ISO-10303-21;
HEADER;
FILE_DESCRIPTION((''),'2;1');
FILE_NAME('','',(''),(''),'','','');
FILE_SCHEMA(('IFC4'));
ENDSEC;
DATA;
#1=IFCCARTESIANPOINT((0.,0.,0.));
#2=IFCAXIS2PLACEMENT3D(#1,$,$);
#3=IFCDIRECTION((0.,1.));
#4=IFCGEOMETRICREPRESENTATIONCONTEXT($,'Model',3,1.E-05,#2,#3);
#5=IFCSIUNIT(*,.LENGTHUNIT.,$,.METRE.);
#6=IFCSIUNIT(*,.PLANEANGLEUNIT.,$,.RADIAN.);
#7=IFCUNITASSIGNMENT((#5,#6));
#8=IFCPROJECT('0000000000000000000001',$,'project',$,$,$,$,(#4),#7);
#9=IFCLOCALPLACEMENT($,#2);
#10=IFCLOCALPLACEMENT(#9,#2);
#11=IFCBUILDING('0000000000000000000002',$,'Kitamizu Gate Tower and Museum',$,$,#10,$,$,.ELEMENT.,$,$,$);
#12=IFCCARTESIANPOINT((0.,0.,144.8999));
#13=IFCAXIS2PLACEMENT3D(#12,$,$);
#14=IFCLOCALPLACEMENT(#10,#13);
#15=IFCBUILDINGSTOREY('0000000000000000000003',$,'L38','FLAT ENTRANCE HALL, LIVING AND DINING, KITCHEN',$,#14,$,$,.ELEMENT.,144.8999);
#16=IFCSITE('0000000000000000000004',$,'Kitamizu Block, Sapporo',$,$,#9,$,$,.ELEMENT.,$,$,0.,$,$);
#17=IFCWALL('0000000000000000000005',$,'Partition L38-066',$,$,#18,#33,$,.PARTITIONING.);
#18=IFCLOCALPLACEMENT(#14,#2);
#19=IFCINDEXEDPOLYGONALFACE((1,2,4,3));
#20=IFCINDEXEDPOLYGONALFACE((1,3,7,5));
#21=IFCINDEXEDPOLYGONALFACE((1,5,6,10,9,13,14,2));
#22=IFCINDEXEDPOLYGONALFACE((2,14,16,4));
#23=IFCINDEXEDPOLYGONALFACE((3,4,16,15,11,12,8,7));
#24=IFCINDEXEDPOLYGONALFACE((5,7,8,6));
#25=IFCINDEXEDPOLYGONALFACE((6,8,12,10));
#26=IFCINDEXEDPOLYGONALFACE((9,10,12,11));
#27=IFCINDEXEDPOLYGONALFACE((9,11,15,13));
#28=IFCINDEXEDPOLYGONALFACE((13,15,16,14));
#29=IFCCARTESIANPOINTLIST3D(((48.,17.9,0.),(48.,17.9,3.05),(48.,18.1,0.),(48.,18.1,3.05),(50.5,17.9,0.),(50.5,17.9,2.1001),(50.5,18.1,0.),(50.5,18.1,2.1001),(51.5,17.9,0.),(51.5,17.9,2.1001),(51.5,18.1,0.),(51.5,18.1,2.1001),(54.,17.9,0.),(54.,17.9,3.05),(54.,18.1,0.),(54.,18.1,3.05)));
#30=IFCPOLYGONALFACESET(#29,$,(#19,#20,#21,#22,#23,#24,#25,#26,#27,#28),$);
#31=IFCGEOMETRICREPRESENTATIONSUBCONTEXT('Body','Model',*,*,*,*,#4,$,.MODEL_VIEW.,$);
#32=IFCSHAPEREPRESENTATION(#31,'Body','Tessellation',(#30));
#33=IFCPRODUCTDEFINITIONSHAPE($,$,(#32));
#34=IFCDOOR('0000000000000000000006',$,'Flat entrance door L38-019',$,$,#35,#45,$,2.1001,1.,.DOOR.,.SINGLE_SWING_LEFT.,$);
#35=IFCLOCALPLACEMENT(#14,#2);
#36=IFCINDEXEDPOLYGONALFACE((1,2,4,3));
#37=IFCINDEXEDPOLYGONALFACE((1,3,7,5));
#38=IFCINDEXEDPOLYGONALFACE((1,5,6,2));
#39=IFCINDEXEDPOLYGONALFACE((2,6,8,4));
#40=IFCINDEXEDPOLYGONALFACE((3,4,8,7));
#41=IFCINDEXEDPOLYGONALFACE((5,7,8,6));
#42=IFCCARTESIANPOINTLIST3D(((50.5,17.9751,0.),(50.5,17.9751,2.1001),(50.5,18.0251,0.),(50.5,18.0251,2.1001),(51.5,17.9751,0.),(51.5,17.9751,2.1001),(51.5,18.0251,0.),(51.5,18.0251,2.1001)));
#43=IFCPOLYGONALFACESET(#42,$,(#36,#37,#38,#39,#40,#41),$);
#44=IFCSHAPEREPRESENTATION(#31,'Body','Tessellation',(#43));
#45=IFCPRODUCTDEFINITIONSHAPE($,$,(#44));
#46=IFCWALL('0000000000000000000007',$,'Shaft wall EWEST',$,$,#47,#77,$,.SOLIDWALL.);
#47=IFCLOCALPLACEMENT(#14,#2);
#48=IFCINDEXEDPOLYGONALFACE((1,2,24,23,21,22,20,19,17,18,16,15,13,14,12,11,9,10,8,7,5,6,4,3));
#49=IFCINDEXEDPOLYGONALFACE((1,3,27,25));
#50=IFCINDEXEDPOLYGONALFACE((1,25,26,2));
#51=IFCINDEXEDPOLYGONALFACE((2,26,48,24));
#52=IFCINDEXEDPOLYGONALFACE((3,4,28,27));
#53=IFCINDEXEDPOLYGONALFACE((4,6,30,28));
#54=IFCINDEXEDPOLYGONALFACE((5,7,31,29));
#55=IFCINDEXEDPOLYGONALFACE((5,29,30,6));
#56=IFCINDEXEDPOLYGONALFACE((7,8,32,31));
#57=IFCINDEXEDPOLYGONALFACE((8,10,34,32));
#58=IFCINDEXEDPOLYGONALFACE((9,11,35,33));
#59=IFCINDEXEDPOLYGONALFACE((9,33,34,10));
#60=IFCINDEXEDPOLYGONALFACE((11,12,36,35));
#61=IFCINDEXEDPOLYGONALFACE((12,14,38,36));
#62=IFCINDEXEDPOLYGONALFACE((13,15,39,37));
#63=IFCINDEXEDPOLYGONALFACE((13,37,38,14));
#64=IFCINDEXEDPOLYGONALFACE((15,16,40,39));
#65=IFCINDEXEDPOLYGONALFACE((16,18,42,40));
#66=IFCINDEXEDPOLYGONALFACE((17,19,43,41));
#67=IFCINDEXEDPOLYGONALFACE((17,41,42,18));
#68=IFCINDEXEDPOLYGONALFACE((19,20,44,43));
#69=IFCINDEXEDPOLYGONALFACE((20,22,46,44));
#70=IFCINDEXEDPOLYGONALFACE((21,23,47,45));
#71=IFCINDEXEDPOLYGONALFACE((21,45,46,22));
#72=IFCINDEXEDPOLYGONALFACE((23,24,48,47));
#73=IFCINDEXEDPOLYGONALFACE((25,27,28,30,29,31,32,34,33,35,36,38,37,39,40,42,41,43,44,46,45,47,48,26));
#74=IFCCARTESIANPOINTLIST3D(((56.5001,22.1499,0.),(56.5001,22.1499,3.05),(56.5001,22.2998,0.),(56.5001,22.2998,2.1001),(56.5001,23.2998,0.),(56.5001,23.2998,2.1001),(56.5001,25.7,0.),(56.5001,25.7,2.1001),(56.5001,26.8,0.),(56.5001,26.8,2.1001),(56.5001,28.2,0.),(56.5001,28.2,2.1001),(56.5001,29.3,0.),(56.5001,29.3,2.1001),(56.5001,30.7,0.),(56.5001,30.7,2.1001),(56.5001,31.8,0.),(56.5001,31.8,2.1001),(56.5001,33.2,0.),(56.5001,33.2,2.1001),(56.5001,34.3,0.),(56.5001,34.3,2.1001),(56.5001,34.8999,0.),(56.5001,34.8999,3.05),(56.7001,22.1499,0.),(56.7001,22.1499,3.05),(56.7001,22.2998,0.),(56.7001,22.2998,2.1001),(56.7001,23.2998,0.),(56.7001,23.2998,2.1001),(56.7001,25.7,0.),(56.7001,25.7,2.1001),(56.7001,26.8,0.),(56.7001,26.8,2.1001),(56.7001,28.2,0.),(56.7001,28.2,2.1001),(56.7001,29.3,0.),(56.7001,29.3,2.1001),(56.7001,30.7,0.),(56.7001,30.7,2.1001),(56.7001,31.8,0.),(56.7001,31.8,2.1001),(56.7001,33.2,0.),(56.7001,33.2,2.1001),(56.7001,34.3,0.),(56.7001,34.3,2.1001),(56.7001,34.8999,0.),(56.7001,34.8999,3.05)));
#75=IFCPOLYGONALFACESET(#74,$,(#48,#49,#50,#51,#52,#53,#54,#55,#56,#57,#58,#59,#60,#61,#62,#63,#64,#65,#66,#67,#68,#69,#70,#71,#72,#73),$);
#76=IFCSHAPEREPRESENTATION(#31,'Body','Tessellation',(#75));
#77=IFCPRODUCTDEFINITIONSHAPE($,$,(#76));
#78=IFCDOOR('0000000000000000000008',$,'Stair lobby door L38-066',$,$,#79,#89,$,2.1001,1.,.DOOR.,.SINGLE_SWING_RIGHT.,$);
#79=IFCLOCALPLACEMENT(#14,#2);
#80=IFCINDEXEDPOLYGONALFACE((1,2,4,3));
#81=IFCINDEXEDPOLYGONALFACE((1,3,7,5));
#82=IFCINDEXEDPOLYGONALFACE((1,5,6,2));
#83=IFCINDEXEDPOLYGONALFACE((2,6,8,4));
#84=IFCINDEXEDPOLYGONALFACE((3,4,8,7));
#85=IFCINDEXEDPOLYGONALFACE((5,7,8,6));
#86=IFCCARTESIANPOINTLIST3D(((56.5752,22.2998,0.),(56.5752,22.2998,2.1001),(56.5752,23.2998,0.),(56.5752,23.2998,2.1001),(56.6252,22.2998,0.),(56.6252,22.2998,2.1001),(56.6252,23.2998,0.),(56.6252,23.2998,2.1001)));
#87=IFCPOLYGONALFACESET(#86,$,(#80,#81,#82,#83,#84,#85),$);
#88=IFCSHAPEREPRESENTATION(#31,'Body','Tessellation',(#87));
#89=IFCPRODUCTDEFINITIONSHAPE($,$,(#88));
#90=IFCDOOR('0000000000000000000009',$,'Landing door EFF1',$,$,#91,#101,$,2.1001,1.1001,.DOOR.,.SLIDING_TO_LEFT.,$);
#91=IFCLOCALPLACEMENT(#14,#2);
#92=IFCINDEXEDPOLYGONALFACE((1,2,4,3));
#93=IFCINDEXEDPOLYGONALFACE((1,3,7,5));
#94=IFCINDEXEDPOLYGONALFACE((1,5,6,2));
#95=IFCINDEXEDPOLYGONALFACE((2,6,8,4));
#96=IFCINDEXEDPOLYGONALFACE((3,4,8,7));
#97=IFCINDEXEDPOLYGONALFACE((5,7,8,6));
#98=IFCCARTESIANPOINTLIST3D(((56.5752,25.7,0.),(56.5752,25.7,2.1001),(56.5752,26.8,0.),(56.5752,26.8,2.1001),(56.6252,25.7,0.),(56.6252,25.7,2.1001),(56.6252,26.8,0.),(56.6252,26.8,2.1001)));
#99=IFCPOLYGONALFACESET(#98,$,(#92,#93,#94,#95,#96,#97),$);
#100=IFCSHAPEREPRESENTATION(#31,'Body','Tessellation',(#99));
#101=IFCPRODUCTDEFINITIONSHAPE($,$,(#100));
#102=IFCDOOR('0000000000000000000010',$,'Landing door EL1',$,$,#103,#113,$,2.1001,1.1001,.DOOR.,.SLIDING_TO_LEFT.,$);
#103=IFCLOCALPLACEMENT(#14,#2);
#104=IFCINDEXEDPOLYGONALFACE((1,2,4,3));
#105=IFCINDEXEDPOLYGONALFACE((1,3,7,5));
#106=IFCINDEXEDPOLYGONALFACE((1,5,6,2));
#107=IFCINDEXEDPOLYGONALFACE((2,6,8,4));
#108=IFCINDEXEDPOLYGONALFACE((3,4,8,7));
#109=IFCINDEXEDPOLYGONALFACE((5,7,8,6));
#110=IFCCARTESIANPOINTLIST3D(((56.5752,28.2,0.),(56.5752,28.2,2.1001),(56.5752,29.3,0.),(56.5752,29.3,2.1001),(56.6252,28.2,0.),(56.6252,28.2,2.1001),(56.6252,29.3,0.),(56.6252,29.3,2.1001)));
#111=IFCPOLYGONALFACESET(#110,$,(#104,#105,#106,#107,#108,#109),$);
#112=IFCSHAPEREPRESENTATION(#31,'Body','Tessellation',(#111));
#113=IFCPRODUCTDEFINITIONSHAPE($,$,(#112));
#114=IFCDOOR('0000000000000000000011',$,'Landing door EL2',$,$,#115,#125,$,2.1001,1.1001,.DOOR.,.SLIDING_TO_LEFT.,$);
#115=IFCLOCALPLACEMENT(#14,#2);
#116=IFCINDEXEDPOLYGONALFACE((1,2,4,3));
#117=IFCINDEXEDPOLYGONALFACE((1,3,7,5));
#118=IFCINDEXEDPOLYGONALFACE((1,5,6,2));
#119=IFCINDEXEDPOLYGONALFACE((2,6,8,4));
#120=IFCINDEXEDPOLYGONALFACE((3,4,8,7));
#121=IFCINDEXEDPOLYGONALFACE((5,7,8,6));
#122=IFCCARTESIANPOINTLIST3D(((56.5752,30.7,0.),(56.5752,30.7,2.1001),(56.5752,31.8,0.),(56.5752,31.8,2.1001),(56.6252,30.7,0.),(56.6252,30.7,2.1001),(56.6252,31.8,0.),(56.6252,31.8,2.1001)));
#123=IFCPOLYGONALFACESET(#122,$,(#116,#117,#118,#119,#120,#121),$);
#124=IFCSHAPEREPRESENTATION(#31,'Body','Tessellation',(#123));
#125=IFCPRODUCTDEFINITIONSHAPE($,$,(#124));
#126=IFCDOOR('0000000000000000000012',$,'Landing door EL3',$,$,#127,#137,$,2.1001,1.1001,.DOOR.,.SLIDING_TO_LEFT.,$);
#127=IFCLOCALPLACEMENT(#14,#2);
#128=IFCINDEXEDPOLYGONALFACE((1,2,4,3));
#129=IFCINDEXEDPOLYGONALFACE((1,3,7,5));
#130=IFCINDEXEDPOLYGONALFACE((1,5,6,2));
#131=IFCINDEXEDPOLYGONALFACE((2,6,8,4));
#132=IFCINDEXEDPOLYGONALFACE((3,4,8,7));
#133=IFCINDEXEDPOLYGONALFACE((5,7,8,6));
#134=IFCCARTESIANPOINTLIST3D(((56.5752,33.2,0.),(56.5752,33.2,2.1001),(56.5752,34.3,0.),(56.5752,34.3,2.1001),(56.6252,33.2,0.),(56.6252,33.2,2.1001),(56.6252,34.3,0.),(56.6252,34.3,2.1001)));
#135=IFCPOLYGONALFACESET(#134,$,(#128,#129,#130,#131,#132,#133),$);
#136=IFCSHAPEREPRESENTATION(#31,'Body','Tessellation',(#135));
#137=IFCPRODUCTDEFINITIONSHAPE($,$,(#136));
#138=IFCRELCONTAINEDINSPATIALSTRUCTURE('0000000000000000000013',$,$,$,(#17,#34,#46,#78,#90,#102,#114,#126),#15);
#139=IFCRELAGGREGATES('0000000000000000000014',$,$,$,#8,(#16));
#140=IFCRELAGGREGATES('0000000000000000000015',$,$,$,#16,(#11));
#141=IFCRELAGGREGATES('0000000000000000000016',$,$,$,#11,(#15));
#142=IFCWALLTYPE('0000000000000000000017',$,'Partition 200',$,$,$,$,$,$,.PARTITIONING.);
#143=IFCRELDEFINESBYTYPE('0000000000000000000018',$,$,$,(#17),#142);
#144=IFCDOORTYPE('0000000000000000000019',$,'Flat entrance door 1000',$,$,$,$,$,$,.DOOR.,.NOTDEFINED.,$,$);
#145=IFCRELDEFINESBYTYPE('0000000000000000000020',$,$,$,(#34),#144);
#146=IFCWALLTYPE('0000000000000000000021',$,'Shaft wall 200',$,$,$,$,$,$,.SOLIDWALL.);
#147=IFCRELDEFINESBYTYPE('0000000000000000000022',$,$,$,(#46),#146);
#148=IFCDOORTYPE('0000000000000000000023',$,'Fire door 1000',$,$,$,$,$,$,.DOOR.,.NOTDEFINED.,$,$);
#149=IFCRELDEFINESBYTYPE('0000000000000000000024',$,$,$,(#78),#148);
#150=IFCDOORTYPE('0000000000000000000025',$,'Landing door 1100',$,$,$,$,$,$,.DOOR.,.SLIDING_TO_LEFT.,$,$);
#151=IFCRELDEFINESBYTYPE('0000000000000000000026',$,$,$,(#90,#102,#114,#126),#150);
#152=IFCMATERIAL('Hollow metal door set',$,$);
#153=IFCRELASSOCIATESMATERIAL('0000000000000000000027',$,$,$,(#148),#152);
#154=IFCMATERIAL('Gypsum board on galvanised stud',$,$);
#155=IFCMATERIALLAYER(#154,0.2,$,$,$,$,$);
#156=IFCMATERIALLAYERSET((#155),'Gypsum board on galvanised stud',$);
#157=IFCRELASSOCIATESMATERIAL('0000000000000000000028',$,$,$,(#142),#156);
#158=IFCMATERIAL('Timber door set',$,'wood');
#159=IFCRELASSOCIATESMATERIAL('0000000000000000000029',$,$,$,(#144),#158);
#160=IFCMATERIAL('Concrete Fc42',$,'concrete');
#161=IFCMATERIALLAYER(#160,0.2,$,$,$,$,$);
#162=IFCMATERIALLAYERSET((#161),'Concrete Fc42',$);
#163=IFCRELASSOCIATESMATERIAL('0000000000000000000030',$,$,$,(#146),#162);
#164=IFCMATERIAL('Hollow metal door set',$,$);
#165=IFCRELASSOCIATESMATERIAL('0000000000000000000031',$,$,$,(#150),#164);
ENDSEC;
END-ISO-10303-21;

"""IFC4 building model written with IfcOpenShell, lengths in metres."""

from ifc_helpers import new_model, si_unit, direction, frame, frame_2d, origin, place, context, subcontext, project, spatial, rectangle, extrude, material, layer, layer_set, type_object, element, fill, save


model = new_model("IFC4")

# Units and contexts
model_context = context("Model", 3, precision=1e-05, world=origin(), true_north=direction((0.0, 1.0)))
body_context = subcontext(model_context, "Body", "Model", "MODEL_VIEW")
ifc_project = project(units=[si_unit("LENGTHUNIT", "METRE"), si_unit("PLANEANGLEUNIT", "RADIAN")], contexts=[model_context])

# Site, building, storey
site_placement = place(None, origin())
site = spatial("IfcSite", under=ifc_project, at=site_placement, Name="Kitamizu Block, Sapporo", CompositionType="ELEMENT", RefElevation=0.0)
building_placement = place(site_placement, origin())
building = spatial("IfcBuilding", under=site, at=building_placement, Name="Kitamizu Gate Tower and Museum", CompositionType="ELEMENT")
storey_placement = place(building_placement, frame((0.0, 0.0, 144.8999)))
storey = spatial("IfcBuildingStorey", under=building, at=storey_placement, Name="L38", Description="FLAT ENTRANCE HALL, LIVING AND DINING, KITCHEN", CompositionType="ELEMENT", Elevation=144.8999)

# Shared definitions
ifc_material_1 = material(Name="Hollow metal door set")
door_type_1 = type_object("IfcDoorType", Name="Fire door 1000", OperationType="NOTDEFINED", PredefinedType="DOOR", material=ifc_material_1)

# Wall, opening, door
ifc_material_2 = material(Name="Gypsum board on galvanised stud")
ifc_layer_1 = layer(ifc_material_2, 0.2)
ifc_layer_set_1 = layer_set([ifc_layer_1], Name="Gypsum board on galvanised stud")
wall_type_1 = type_object("IfcWallType", Name="Partition 200", PredefinedType="PARTITIONING", material=ifc_layer_set_1)
wall_1_placement = place(storey_placement, frame((54.0, 18.0, 0.0), z_axis=(0.0, 0.0, 1.0), x_axis=(-1.0, 0.0, 0.0)))
wall_1 = element("IfcWall", 1, at=wall_1_placement, inside=storey, type_object=wall_type_1, Name="Partition L38-066", PredefinedType="PARTITIONING", context=body_context, shape_type="SweptSolid", body=[
    extrude(rectangle(XDim=6.0, YDim=0.2, at=frame_2d((3.0, 0.0))), origin(), (0.0, 0.0, 1.0), 3.05),
])
opening_1_placement = place(wall_1_placement, frame((2.5, 0.0, 0.0)))
opening_1 = element("IfcOpeningElement", 2, at=opening_1_placement, cuts=wall_1, PredefinedType="OPENING", context=body_context, shape_type="SweptSolid", body=[
    extrude(rectangle(XDim=1.0, YDim=2.1001, at=frame_2d((0.5, 1.05))), frame((0.0, 0.1099, 0.0), z_axis=(0.0, -1.0, 0.0), x_axis=(1.0, 0.0, 0.0)), (0.0, 0.0, 1.0), 0.22),
])
ifc_material_3 = material(Name="Timber door set", Category="wood")
door_type_2 = type_object("IfcDoorType", Name="Flat entrance door 1000", OperationType="NOTDEFINED", PredefinedType="DOOR", material=ifc_material_3)
door_1_placement = place(opening_1_placement, origin())
door_1 = element("IfcDoor", 3, at=door_1_placement, inside=storey, type_object=door_type_2, Name="Flat entrance door L38-019", OperationType="SINGLE_SWING_LEFT", OverallHeight=2.1001, OverallWidth=1.0, PredefinedType="DOOR", context=body_context, shape_type="SweptSolid", body=[
    extrude(rectangle(XDim=1.0, YDim=2.1001, at=frame_2d((0.5, 1.05))), frame((0.0, 0.0249, 0.0), z_axis=(0.0, -1.0, 0.0), x_axis=(1.0, 0.0, 0.0)), (0.0, 0.0, 1.0), 0.05),
])
fill(opening_1, door_1)

# Wall, openings, doors
ifc_material_4 = material(Name="Concrete Fc42", Category="concrete")
ifc_layer_2 = layer(ifc_material_4, 0.2)
ifc_layer_set_2 = layer_set([ifc_layer_2], Name="Concrete Fc42")
wall_type_2 = type_object("IfcWallType", Name="Shaft wall 200", PredefinedType="SOLIDWALL", material=ifc_layer_set_2)
wall_2_placement = place(storey_placement, frame((56.6001, 22.1499, 0.0), z_axis=(0.0, 0.0, 1.0), x_axis=(0.0, 1.0, 0.0)))
wall_2 = element("IfcWall", 4, at=wall_2_placement, inside=storey, type_object=wall_type_2, Name="Shaft wall EWEST", PredefinedType="SOLIDWALL", context=body_context, shape_type="SweptSolid", body=[
    extrude(rectangle(XDim=12.75, YDim=0.2, at=frame_2d((6.375, 0.0))), origin(), (0.0, 0.0, 1.0), 3.05),
])
opening_2_placement = place(wall_2_placement, frame((3.55, 0.0, 0.0)))
opening_2 = element("IfcOpeningElement", 5, at=opening_2_placement, cuts=wall_2, PredefinedType="OPENING", context=body_context, shape_type="SweptSolid", body=[
    extrude(rectangle(XDim=1.1001, YDim=2.1001, at=frame_2d((0.55, 1.05))), frame((0.0, 0.1099, 0.0), z_axis=(0.0, -1.0, 0.0), x_axis=(1.0, 0.0, 0.0)), (0.0, 0.0, 1.0), 0.22),
])
opening_3_placement = place(wall_2_placement, frame((6.05, 0.0, 0.0)))
opening_3 = element("IfcOpeningElement", 6, at=opening_3_placement, cuts=wall_2, PredefinedType="OPENING", context=body_context, shape_type="SweptSolid", body=[
    extrude(rectangle(XDim=1.1001, YDim=2.1001, at=frame_2d((0.55, 1.05))), frame((0.0, 0.1099, 0.0), z_axis=(0.0, -1.0, 0.0), x_axis=(1.0, 0.0, 0.0)), (0.0, 0.0, 1.0), 0.22),
])
opening_4_placement = place(wall_2_placement, frame((8.55, 0.0, 0.0)))
opening_4 = element("IfcOpeningElement", 7, at=opening_4_placement, cuts=wall_2, PredefinedType="OPENING", context=body_context, shape_type="SweptSolid", body=[
    extrude(rectangle(XDim=1.1001, YDim=2.1001, at=frame_2d((0.55, 1.05))), frame((0.0, 0.1099, 0.0), z_axis=(0.0, -1.0, 0.0), x_axis=(1.0, 0.0, 0.0)), (0.0, 0.0, 1.0), 0.22),
])
opening_5_placement = place(wall_2_placement, frame((11.05, 0.0, 0.0)))
opening_5 = element("IfcOpeningElement", 8, at=opening_5_placement, cuts=wall_2, PredefinedType="OPENING", context=body_context, shape_type="SweptSolid", body=[
    extrude(rectangle(XDim=1.1001, YDim=2.1001, at=frame_2d((0.55, 1.05))), frame((0.0, 0.1099, 0.0), z_axis=(0.0, -1.0, 0.0), x_axis=(1.0, 0.0, 0.0)), (0.0, 0.0, 1.0), 0.22),
])
opening_6_placement = place(wall_2_placement, frame((0.1499, 0.0, 0.0)))
opening_6 = element("IfcOpeningElement", 9, at=opening_6_placement, cuts=wall_2, PredefinedType="OPENING", context=body_context, shape_type="SweptSolid", body=[
    extrude(rectangle(XDim=1.0, YDim=2.1001, at=frame_2d((0.5, 1.05))), frame((0.0, 0.1099, 0.0), z_axis=(0.0, -1.0, 0.0), x_axis=(1.0, 0.0, 0.0)), (0.0, 0.0, 1.0), 0.22),
])
door_2_placement = place(opening_6_placement, origin())
door_2 = element("IfcDoor", 10, at=door_2_placement, inside=storey, type_object=door_type_1, Name="Stair lobby door L38-066", OperationType="SINGLE_SWING_RIGHT", OverallHeight=2.1001, OverallWidth=1.0, PredefinedType="DOOR", context=body_context, shape_type="SweptSolid", body=[
    extrude(rectangle(XDim=1.0, YDim=2.1001, at=frame_2d((0.5, 1.05))), frame((0.0, 0.0249, 0.0), z_axis=(0.0, -1.0, 0.0), x_axis=(1.0, 0.0, 0.0)), (0.0, 0.0, 1.0), 0.05),
])
fill(opening_6, door_2)
ifc_material_5 = material(Name="Hollow metal door set")
door_type_3 = type_object("IfcDoorType", Name="Landing door 1100", OperationType="SLIDING_TO_LEFT", PredefinedType="DOOR", material=ifc_material_5)
door_3_placement = place(opening_2_placement, origin())
door_3 = element("IfcDoor", 11, at=door_3_placement, inside=storey, type_object=door_type_3, Name="Landing door EFF1", OperationType="SLIDING_TO_LEFT", OverallHeight=2.1001, OverallWidth=1.1001, PredefinedType="DOOR", context=body_context, shape_type="SweptSolid", body=[
    extrude(rectangle(XDim=1.1001, YDim=2.1001, at=frame_2d((0.55, 1.05))), frame((0.0, 0.0249, 0.0), z_axis=(0.0, -1.0, 0.0), x_axis=(1.0, 0.0, 0.0)), (0.0, 0.0, 1.0), 0.05),
])
fill(opening_2, door_3)
door_4_placement = place(opening_3_placement, origin())
door_4 = element("IfcDoor", 12, at=door_4_placement, inside=storey, type_object=door_type_3, Name="Landing door EL1", OperationType="SLIDING_TO_LEFT", OverallHeight=2.1001, OverallWidth=1.1001, PredefinedType="DOOR", context=body_context, shape_type="SweptSolid", body=[
    extrude(rectangle(XDim=1.1001, YDim=2.1001, at=frame_2d((0.55, 1.05))), frame((0.0, 0.0249, 0.0), z_axis=(0.0, -1.0, 0.0), x_axis=(1.0, 0.0, 0.0)), (0.0, 0.0, 1.0), 0.05),
])
fill(opening_3, door_4)
door_5_placement = place(opening_4_placement, origin())
door_5 = element("IfcDoor", 13, at=door_5_placement, inside=storey, type_object=door_type_3, Name="Landing door EL2", OperationType="SLIDING_TO_LEFT", OverallHeight=2.1001, OverallWidth=1.1001, PredefinedType="DOOR", context=body_context, shape_type="SweptSolid", body=[
    extrude(rectangle(XDim=1.1001, YDim=2.1001, at=frame_2d((0.55, 1.05))), frame((0.0, 0.0249, 0.0), z_axis=(0.0, -1.0, 0.0), x_axis=(1.0, 0.0, 0.0)), (0.0, 0.0, 1.0), 0.05),
])
fill(opening_4, door_5)
door_6_placement = place(opening_5_placement, origin())
door_6 = element("IfcDoor", 14, at=door_6_placement, inside=storey, type_object=door_type_3, Name="Landing door EL3", OperationType="SLIDING_TO_LEFT", OverallHeight=2.1001, OverallWidth=1.1001, PredefinedType="DOOR", context=body_context, shape_type="SweptSolid", body=[
    extrude(rectangle(XDim=1.1001, YDim=2.1001, at=frame_2d((0.55, 1.05))), frame((0.0, 0.0249, 0.0), z_axis=(0.0, -1.0, 0.0), x_axis=(1.0, 0.0, 0.0)), (0.0, 0.0, 1.0), 0.05),
])
fill(opening_5, door_6)

save(model, "model.ifc")
